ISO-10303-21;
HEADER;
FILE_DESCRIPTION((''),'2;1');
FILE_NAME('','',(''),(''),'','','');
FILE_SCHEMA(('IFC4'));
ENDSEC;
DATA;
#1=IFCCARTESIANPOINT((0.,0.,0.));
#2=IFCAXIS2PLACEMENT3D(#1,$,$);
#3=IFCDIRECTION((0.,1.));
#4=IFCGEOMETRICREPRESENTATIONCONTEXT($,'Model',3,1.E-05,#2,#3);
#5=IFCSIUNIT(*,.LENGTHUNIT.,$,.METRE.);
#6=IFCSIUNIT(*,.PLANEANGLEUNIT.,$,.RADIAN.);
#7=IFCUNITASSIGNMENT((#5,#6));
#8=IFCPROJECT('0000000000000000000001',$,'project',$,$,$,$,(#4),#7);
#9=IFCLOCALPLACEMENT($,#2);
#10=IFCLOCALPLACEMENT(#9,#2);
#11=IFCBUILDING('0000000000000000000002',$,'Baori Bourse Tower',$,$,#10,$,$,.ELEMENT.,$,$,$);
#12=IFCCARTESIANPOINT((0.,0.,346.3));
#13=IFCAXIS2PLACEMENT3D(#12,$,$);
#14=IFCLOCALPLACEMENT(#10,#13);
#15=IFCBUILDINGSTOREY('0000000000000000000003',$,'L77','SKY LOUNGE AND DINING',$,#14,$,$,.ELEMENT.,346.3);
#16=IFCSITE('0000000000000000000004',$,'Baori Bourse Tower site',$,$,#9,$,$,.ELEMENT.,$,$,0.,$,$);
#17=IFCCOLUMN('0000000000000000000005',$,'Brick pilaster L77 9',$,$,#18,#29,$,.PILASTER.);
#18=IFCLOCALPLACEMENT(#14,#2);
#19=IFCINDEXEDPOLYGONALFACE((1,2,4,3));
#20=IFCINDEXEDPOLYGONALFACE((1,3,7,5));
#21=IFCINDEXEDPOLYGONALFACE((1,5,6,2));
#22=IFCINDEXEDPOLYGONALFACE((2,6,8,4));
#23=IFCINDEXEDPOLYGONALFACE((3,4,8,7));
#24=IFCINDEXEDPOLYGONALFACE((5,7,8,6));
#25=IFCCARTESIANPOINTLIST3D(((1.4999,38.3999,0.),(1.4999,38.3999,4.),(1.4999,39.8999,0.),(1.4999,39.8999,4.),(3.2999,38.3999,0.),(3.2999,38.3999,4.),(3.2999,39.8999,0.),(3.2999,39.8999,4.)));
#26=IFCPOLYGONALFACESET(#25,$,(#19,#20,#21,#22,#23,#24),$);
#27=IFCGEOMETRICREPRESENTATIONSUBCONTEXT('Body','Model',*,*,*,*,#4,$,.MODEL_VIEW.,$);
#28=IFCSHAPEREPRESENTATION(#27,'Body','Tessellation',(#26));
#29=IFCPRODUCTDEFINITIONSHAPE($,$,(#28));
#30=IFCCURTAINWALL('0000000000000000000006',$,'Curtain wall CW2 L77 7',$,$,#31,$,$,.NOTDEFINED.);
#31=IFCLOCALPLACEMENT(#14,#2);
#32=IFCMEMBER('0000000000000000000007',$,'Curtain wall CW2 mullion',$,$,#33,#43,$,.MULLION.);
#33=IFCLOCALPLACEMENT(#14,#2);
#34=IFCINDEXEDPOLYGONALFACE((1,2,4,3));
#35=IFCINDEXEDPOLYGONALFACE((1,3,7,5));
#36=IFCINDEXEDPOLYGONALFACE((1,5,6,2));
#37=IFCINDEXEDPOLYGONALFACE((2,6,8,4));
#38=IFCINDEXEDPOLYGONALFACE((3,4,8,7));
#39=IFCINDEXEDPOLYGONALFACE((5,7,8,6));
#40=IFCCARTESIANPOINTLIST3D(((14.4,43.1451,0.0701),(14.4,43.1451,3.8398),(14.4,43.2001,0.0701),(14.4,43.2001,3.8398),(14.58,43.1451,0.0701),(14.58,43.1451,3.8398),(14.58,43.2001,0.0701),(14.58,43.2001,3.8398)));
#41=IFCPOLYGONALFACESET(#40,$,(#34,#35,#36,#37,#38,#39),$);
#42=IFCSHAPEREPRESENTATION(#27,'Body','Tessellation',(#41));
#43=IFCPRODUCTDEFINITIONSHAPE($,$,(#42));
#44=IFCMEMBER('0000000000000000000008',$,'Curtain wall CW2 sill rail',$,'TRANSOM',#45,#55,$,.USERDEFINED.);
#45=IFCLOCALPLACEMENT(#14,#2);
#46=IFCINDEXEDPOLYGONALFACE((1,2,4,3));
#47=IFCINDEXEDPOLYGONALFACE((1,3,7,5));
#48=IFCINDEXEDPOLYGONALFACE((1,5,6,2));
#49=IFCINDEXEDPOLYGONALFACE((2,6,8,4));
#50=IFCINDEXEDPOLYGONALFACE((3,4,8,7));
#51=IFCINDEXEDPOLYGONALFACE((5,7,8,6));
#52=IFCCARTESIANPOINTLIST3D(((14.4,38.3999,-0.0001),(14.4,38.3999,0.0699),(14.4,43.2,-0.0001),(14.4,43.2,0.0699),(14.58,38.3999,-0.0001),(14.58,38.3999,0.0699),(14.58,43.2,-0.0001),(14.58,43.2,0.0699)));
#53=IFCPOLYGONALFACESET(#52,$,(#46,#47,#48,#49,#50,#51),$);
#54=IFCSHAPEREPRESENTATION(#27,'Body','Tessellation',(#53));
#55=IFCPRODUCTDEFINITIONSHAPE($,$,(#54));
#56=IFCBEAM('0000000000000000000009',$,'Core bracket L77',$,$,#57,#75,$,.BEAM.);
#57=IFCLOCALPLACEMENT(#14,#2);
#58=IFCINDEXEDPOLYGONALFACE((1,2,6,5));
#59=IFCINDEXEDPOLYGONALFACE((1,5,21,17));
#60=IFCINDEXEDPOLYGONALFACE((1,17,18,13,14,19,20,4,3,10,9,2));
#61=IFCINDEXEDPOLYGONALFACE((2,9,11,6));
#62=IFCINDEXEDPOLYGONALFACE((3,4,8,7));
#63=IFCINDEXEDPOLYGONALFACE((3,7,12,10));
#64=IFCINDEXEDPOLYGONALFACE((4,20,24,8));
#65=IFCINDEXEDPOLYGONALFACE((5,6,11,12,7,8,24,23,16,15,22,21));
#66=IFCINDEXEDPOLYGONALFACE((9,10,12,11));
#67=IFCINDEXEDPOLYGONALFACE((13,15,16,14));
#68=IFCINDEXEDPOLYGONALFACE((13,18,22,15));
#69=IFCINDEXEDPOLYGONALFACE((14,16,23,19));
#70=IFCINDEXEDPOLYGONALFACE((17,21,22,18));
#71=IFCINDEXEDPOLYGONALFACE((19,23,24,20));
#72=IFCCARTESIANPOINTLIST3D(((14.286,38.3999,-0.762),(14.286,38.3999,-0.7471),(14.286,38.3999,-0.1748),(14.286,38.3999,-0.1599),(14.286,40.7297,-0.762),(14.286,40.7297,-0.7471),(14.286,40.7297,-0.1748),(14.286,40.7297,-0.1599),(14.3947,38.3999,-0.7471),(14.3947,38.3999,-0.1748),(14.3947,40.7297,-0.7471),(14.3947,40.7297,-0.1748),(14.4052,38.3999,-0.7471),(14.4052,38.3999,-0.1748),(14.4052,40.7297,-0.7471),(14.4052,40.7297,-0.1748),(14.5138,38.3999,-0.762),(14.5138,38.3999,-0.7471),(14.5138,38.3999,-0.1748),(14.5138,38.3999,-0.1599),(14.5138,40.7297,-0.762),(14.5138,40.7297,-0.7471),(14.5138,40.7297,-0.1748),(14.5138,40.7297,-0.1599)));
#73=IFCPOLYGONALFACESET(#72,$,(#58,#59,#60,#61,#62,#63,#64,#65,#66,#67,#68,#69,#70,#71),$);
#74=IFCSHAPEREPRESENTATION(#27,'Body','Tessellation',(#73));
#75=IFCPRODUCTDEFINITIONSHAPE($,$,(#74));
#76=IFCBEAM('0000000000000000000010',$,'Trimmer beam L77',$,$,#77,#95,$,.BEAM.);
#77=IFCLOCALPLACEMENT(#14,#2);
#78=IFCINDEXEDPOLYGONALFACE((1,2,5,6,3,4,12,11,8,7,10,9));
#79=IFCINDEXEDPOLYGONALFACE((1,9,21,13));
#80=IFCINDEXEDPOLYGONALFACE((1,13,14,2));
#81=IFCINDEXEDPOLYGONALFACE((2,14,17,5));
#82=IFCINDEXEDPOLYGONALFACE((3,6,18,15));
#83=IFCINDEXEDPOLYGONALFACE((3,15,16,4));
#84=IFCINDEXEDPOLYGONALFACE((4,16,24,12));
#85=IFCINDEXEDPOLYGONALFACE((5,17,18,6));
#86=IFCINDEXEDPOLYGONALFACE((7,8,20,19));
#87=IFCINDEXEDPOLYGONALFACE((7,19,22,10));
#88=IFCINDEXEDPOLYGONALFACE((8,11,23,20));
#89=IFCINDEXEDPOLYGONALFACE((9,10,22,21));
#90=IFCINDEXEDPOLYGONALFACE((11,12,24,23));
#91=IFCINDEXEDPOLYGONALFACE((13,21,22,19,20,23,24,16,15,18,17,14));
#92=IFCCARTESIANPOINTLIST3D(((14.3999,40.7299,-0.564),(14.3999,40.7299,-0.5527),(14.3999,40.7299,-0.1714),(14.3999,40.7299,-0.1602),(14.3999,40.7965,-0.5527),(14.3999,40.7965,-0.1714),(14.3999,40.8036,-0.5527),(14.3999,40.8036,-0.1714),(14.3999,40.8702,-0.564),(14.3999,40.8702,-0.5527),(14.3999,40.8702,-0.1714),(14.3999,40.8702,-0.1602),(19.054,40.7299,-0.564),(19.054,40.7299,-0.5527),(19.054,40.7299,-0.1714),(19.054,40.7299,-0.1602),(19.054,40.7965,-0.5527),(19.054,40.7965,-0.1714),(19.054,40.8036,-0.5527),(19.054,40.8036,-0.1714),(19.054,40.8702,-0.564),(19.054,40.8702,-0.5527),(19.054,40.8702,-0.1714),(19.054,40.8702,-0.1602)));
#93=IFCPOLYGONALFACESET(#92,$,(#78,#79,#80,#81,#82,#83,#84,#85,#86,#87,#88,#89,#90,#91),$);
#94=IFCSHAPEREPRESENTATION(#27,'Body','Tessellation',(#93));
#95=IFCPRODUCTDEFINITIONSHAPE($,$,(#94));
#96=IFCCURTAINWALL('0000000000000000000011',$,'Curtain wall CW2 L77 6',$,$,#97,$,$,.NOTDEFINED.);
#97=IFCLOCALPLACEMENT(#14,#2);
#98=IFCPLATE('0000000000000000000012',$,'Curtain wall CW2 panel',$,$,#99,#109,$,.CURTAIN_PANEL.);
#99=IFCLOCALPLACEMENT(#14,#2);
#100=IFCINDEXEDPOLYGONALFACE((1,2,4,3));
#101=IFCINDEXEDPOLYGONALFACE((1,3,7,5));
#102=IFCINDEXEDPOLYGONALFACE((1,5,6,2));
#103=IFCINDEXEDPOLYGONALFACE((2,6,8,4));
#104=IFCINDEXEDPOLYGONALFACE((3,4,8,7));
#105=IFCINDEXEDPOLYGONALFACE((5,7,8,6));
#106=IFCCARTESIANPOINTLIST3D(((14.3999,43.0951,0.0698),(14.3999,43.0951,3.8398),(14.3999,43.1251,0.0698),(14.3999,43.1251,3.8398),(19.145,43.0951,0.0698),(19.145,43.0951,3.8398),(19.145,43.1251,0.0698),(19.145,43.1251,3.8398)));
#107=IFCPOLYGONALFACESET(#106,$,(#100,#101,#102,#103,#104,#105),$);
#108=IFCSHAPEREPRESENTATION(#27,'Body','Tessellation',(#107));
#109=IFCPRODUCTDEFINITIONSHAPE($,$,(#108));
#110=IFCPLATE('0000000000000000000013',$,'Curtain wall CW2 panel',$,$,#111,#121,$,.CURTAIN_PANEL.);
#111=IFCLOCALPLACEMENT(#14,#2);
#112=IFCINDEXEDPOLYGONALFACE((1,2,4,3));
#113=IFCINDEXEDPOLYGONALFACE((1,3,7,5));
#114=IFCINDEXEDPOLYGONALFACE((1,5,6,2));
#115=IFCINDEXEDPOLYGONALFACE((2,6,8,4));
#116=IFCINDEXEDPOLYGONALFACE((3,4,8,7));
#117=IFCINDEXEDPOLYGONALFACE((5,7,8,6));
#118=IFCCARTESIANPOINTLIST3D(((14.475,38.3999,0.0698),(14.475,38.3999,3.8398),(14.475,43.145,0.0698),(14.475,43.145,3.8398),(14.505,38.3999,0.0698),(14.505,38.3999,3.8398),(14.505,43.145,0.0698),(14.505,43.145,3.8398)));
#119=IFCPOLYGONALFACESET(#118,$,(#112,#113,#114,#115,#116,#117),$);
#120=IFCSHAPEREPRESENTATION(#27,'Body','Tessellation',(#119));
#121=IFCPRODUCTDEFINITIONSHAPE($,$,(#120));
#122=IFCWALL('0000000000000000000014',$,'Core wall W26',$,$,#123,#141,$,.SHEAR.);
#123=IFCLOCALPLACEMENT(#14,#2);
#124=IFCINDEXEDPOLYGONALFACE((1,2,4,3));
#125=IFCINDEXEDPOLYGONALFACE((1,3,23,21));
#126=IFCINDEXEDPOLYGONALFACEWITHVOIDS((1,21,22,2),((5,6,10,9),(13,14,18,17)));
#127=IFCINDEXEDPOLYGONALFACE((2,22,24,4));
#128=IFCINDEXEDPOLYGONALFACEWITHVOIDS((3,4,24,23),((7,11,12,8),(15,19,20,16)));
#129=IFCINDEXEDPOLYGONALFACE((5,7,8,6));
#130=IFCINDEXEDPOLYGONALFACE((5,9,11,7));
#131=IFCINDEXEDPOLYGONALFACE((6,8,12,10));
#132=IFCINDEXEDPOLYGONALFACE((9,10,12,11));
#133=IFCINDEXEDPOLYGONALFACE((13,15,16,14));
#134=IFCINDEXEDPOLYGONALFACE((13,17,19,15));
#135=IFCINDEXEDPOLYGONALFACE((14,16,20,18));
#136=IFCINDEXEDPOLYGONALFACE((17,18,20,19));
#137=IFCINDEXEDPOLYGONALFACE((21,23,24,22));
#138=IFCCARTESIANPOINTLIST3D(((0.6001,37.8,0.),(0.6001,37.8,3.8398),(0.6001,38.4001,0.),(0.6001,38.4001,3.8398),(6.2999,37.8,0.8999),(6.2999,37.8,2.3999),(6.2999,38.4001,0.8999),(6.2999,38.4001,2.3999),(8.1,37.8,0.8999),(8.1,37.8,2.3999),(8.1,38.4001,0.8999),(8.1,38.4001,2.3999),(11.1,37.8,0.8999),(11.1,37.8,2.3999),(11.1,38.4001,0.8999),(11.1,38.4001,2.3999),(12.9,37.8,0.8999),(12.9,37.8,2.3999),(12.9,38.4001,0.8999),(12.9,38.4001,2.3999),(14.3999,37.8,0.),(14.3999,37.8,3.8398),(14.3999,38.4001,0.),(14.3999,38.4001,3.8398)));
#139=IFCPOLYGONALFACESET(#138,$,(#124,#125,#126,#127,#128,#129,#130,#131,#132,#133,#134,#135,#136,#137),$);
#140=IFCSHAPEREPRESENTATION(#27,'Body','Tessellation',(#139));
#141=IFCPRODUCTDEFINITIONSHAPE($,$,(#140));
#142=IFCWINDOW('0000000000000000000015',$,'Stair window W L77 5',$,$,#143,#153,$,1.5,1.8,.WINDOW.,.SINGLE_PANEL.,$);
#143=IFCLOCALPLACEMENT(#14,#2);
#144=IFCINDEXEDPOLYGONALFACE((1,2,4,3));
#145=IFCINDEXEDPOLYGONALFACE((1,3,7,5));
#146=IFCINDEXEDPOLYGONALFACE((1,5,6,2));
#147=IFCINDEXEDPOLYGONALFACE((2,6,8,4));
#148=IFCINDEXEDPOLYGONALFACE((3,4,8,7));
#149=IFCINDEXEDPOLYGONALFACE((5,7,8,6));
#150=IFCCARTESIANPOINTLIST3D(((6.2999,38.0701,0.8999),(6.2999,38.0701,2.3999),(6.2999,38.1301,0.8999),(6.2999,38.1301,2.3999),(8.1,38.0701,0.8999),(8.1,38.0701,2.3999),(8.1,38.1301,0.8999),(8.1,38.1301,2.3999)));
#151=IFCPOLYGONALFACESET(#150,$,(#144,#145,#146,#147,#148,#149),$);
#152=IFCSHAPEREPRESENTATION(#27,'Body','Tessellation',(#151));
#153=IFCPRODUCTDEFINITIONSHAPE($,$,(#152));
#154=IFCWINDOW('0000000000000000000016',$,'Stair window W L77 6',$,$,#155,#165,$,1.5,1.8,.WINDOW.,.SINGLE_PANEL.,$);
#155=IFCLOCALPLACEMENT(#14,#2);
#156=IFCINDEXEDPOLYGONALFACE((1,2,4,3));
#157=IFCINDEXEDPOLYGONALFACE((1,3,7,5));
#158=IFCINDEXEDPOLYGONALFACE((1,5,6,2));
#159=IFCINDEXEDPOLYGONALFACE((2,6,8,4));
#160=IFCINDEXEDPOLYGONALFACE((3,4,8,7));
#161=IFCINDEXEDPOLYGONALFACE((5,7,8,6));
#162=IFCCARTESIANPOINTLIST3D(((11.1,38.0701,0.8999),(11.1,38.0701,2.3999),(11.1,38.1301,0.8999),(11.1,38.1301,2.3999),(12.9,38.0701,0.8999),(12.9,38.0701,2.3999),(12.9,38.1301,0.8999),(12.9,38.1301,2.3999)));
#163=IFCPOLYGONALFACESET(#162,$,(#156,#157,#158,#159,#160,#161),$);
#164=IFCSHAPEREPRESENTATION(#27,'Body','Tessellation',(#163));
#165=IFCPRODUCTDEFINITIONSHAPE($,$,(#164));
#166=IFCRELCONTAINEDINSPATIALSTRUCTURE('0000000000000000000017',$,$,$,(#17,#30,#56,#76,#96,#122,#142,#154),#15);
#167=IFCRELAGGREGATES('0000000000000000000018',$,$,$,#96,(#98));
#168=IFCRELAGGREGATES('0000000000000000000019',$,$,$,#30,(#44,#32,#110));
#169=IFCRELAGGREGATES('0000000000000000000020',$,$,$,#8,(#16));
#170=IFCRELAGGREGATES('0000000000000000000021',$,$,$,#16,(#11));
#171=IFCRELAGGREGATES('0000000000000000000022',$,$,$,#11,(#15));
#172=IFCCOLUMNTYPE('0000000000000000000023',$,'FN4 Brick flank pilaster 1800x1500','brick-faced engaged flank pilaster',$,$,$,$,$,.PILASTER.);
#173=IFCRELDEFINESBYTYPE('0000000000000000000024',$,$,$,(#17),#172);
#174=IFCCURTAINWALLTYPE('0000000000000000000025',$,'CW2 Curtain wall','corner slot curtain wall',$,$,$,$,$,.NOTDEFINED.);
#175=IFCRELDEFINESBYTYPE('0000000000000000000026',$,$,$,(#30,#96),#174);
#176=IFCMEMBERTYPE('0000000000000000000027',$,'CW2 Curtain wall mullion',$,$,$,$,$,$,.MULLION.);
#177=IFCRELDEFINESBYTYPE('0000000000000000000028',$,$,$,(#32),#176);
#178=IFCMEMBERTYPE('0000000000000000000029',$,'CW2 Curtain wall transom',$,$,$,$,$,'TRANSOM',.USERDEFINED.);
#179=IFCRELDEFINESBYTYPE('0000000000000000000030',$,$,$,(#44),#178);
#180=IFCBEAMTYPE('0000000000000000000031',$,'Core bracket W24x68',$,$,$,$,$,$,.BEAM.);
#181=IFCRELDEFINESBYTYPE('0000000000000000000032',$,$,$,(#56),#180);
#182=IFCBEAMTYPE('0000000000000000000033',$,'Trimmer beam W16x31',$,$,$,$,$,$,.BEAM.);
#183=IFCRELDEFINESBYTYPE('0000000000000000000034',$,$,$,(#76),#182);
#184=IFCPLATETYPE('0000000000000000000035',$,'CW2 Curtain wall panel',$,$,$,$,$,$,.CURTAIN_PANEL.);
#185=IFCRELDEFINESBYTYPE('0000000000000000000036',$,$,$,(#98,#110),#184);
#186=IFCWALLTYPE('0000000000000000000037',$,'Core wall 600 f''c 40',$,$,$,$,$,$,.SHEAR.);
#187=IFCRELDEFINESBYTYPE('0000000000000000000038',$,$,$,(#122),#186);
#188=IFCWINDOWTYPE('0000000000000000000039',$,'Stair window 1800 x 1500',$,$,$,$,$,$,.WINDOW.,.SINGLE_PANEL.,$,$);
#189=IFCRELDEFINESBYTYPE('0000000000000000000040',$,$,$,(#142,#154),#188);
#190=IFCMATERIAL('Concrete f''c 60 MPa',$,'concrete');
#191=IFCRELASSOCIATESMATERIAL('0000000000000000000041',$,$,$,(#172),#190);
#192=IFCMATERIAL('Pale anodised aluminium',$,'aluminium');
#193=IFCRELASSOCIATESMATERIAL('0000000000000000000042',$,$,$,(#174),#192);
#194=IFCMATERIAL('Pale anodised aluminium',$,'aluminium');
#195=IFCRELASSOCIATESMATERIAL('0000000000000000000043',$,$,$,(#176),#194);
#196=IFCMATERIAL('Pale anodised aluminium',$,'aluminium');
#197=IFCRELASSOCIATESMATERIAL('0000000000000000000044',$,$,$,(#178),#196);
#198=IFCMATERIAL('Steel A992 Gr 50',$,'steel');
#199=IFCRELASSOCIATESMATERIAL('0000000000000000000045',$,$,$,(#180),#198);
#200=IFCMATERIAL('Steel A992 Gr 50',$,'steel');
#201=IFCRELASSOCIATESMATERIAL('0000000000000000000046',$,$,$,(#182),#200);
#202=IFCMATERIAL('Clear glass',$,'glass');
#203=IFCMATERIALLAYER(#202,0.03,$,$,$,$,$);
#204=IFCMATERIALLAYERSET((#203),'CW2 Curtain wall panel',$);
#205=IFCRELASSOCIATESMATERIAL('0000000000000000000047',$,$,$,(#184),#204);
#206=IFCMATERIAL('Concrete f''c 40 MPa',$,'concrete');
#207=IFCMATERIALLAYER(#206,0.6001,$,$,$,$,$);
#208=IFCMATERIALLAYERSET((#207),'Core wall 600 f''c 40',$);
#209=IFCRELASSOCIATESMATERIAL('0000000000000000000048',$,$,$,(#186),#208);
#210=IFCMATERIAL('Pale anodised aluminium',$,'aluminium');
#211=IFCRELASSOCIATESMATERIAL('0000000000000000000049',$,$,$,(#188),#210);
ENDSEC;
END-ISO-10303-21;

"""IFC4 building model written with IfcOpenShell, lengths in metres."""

from ifc_helpers import new_model, si_unit, direction, frame, frame_2d, origin, origin_2d, place, context, subcontext, project, spatial, rectangle, i_section, extrude, material, layer, layer_set, material_profile, profile_set, type_object, element, fill, aggregate, save


model = new_model("IFC4")

# Units and contexts
model_context = context("Model", 3, precision=1e-05, world=origin(), true_north=direction((0.0, 1.0)))
body_context = subcontext(model_context, "Body", "Model", "MODEL_VIEW")
ifc_project = project(units=[si_unit("LENGTHUNIT", "METRE"), si_unit("PLANEANGLEUNIT", "RADIAN")], contexts=[model_context])

# Site, building, storey
site_placement = place(None, origin())
site = spatial("IfcSite", under=ifc_project, at=site_placement, Name="Baori Bourse Tower site", CompositionType="ELEMENT", RefElevation=0.0)
building_placement = place(site_placement, origin())
building = spatial("IfcBuilding", under=site, at=building_placement, Name="Baori Bourse Tower", CompositionType="ELEMENT")
storey_placement = place(building_placement, frame((0.0, 0.0, 346.3)))
storey = spatial("IfcBuildingStorey", under=building, at=storey_placement, Name="L77", Description="SKY LOUNGE AND DINING", CompositionType="ELEMENT", Elevation=346.3)

# Column
ifc_material_1 = material(Name="Concrete f'c 60 MPa", Category="concrete")
ifc_material_profile_1 = material_profile(ifc_material_1, rectangle(XDim=1.8, YDim=1.5, at=origin_2d()), Name="RC 1800x1500")
ifc_profile_set_1 = profile_set([ifc_material_profile_1], Name="Concrete f'c 60 MPa")
column_type = type_object("IfcColumnType", Name="FN4 Brick flank pilaster 1800x1500", Description="brick-faced engaged flank pilaster", PredefinedType="PILASTER", material=ifc_profile_set_1)
column_placement = place(storey_placement, frame((2.3999, 39.1499, 0.0), z_axis=(0.0, 0.0, 1.0), x_axis=(1.0, 0.0, 0.0)))
element("IfcColumn", 1, at=column_placement, inside=storey, type_object=column_type, Name="Brick pilaster L77 9", PredefinedType="PILASTER", context=body_context, shape_type="SweptSolid", body=[
    extrude(rectangle(XDim=1.8, YDim=1.5, at=origin_2d()), origin(), (0.0, 0.0, 1.0), 4.0),
])

# Curtain wall, members
ifc_material_2 = material(Name="Pale anodised aluminium", Category="aluminium")
curtain_wall_type = type_object("IfcCurtainWallType", Name="CW2 Curtain wall", Description="corner slot curtain wall", PredefinedType="NOTDEFINED", material=ifc_material_2)
curtain_wall_1_placement = place(storey_placement, origin())
curtain_wall_1 = element("IfcCurtainWall", 2, at=curtain_wall_1_placement, inside=storey, type_object=curtain_wall_type, Name="Curtain wall CW2 L77 7", PredefinedType="NOTDEFINED")
ifc_material_3 = material(Name="Pale anodised aluminium", Category="aluminium")
ifc_material_profile_2 = material_profile(ifc_material_3, rectangle(XDim=0.1799, YDim=0.0549, at=origin_2d()), Name="Mullion 55x180")
ifc_profile_set_2 = profile_set([ifc_material_profile_2], Name="Pale anodised aluminium")
member_type_1 = type_object("IfcMemberType", Name="CW2 Curtain wall mullion", PredefinedType="MULLION", material=ifc_profile_set_2)
member_1_placement = place(storey_placement, frame((14.49, 43.1726, 0.0701), z_axis=(0.0, 0.0, 1.0), x_axis=(1.0, 0.0, 0.0)))
member_1 = element("IfcMember", 3, at=member_1_placement, type_object=member_type_1, Name="Curtain wall CW2 mullion", PredefinedType="MULLION", context=body_context, shape_type="SweptSolid", body=[
    extrude(rectangle(XDim=0.1799, YDim=0.0549, at=origin_2d()), origin(), (0.0, 0.0, 1.0), 3.7698),
])
ifc_material_4 = material(Name="Pale anodised aluminium", Category="aluminium")
ifc_material_profile_3 = material_profile(ifc_material_4, rectangle(XDim=0.1799, YDim=0.0701, at=origin_2d()), Name="Transom 70x180")
ifc_profile_set_3 = profile_set([ifc_material_profile_3], Name="Pale anodised aluminium")
member_type_2 = type_object("IfcMemberType", Name="CW2 Curtain wall transom", ElementType="TRANSOM", PredefinedType="USERDEFINED", material=ifc_profile_set_3)
member_2_placement = place(storey_placement, frame((14.49, 43.2, 0.0349), z_axis=(0.0, -1.0, 0.0), x_axis=(1.0, 0.0, 0.0)))
member_2 = element("IfcMember", 4, at=member_2_placement, type_object=member_type_2, Name="Curtain wall CW2 sill rail", ObjectType="TRANSOM", PredefinedType="USERDEFINED", context=body_context, shape_type="SweptSolid", body=[
    extrude(rectangle(XDim=0.1799, YDim=0.0701, at=origin_2d()), origin(), (0.0, 0.0, 1.0), 4.8),
])

# Beams
ifc_material_5 = material(Name="Steel A992 Gr 50", Category="steel")
ifc_material_profile_4 = material_profile(ifc_material_5, i_section(OverallWidth=0.2278, OverallDepth=0.6021, WebThickness=0.0105, FlangeThickness=0.0149, at=origin_2d()), Name="W24x68")
ifc_profile_set_4 = profile_set([ifc_material_profile_4], Name="Steel A992 Gr 50")
beam_type_1 = type_object("IfcBeamType", Name="Core bracket W24x68", PredefinedType="BEAM", material=ifc_profile_set_4)
beam_1_placement = place(storey_placement, frame((14.3999, 38.3999, -0.4609), z_axis=(0.0, 1.0, 0.0), x_axis=(-1.0, 0.0, 0.0)))
element("IfcBeam", 5, at=beam_1_placement, inside=storey, type_object=beam_type_1, Name="Core bracket L77", PredefinedType="BEAM", context=body_context, shape_type="SweptSolid", body=[
    extrude(i_section(OverallWidth=0.2278, OverallDepth=0.6021, WebThickness=0.0105, FlangeThickness=0.0149, at=origin_2d()), origin(), (0.0, 0.0, 1.0), 2.3298),
])
ifc_material_6 = material(Name="Steel A992 Gr 50", Category="steel")
ifc_material_profile_5 = material_profile(ifc_material_6, i_section(OverallWidth=0.1404, OverallDepth=0.4038, WebThickness=0.0071, FlangeThickness=0.0112, at=origin_2d()), Name="W16x31")
ifc_profile_set_5 = profile_set([ifc_material_profile_5], Name="Steel A992 Gr 50")
beam_type_2 = type_object("IfcBeamType", Name="Trimmer beam W16x31", PredefinedType="BEAM", material=ifc_profile_set_5)
beam_2_placement = place(storey_placement, frame((14.3999, 40.8, -0.3621), z_axis=(1.0, 0.0, 0.0), x_axis=(0.0, 1.0, 0.0)))
element("IfcBeam", 6, at=beam_2_placement, inside=storey, type_object=beam_type_2, Name="Trimmer beam L77", PredefinedType="BEAM", context=body_context, shape_type="SweptSolid", body=[
    extrude(i_section(OverallWidth=0.1404, OverallDepth=0.4038, WebThickness=0.0071, FlangeThickness=0.0112, at=origin_2d()), origin(), (0.0, 0.0, 1.0), 4.6541),
])

# Curtain wall, plate
curtain_wall_2_placement = place(storey_placement, origin())
curtain_wall_2 = element("IfcCurtainWall", 7, at=curtain_wall_2_placement, inside=storey, type_object=curtain_wall_type, Name="Curtain wall CW2 L77 6", PredefinedType="NOTDEFINED")
ifc_material_7 = material(Name="Clear glass", Category="glass")
ifc_layer_1 = layer(ifc_material_7, 0.03)
ifc_layer_set_1 = layer_set([ifc_layer_1], Name="CW2 Curtain wall panel")
plate_type = type_object("IfcPlateType", Name="CW2 Curtain wall panel", PredefinedType="CURTAIN_PANEL", material=ifc_layer_set_1)
plate_1_placement = place(storey_placement, frame((16.7725, 43.1101, 0.0698), z_axis=(0.0, 0.0, 1.0), x_axis=(-1.0, 0.0, 0.0)))
plate_1 = element("IfcPlate", 8, at=plate_1_placement, type_object=plate_type, Name="Curtain wall CW2 panel", PredefinedType="CURTAIN_PANEL", context=body_context, shape_type="SweptSolid", body=[
    extrude(rectangle(XDim=4.7451, YDim=0.03, at=origin_2d()), origin(), (0.0, 0.0, 1.0), 3.77),
])
aggregate(curtain_wall_2, [plate_1])

# Plate
plate_2_placement = place(storey_placement, frame((14.49, 40.7725, 0.0698), z_axis=(0.0, 0.0, 1.0), x_axis=(0.0, -1.0, 0.0)))
plate_2 = element("IfcPlate", 9, at=plate_2_placement, type_object=plate_type, Name="Curtain wall CW2 panel", PredefinedType="CURTAIN_PANEL", context=body_context, shape_type="SweptSolid", body=[
    extrude(rectangle(XDim=4.7451, YDim=0.03, at=origin_2d()), origin(), (0.0, 0.0, 1.0), 3.77),
])
aggregate(curtain_wall_1, [member_2, member_1, plate_2])

# Wall, openings, windows
ifc_material_8 = material(Name="Concrete f'c 40 MPa", Category="concrete")
ifc_layer_2 = layer(ifc_material_8, 0.6001)
ifc_layer_set_2 = layer_set([ifc_layer_2], Name="Core wall 600 f'c 40")
wall_type_1 = type_object("IfcWallType", Name="Core wall 600 f'c 40", PredefinedType="SHEAR", material=ifc_layer_set_2)
wall_1_placement = place(storey_placement, frame((0.6001, 38.1001, 0.0), z_axis=(0.0, 0.0, 1.0), x_axis=(1.0, 0.0, 0.0)))
wall_1 = element("IfcWall", 10, at=wall_1_placement, inside=storey, type_object=wall_type_1, Name="Core wall W26", PredefinedType="SHEAR", context=body_context, shape_type="SweptSolid", body=[
    extrude(rectangle(XDim=13.7998, YDim=0.6001, at=frame_2d((6.8999, 0.0))), origin(), (0.0, 0.0, 1.0), 3.8398),
])
opening_1_placement = place(wall_1_placement, frame((5.7, 0.0, 0.8999)))
opening_1 = element("IfcOpeningElement", 11, at=opening_1_placement, cuts=wall_1, PredefinedType="OPENING", context=body_context, shape_type="SweptSolid", body=[
    extrude(rectangle(XDim=1.8, YDim=1.5, at=frame_2d((0.8999, 0.75))), frame((0.0, 0.3101, 0.0), z_axis=(0.0, -1.0, 0.0), x_axis=(1.0, 0.0, 0.0)), (0.0, 0.0, 1.0), 0.6201),
])
opening_2_placement = place(wall_1_placement, frame((10.5, 0.0, 0.8999)))
opening_2 = element("IfcOpeningElement", 12, at=opening_2_placement, cuts=wall_1, PredefinedType="OPENING", context=body_context, shape_type="SweptSolid", body=[
    extrude(rectangle(XDim=1.8, YDim=1.5, at=frame_2d((0.8999, 0.75))), frame((0.0, 0.3101, 0.0), z_axis=(0.0, -1.0, 0.0), x_axis=(1.0, 0.0, 0.0)), (0.0, 0.0, 1.0), 0.6201),
])
ifc_material_9 = material(Name="Pale anodised aluminium", Category="aluminium")
window_type = type_object("IfcWindowType", Name="Stair window 1800 x 1500", PartitioningType="SINGLE_PANEL", PredefinedType="WINDOW", material=ifc_material_9)
window_1_placement = place(opening_1_placement, origin())
window_1 = element("IfcWindow", 13, at=window_1_placement, inside=storey, type_object=window_type, Name="Stair window W L77 5", OverallHeight=1.5, OverallWidth=1.8, PartitioningType="SINGLE_PANEL", PredefinedType="WINDOW", context=body_context, shape_type="SweptSolid", body=[
    extrude(rectangle(XDim=1.8, YDim=1.5, at=frame_2d((0.8999, 0.75))), frame((0.0, 0.03, 0.0), z_axis=(0.0, -1.0, 0.0), x_axis=(1.0, 0.0, 0.0)), (0.0, 0.0, 1.0), 0.0601),
])
fill(opening_1, window_1)
window_2_placement = place(opening_2_placement, origin())
window_2 = element("IfcWindow", 14, at=window_2_placement, inside=storey, type_object=window_type, Name="Stair window W L77 6", OverallHeight=1.5, OverallWidth=1.8, PartitioningType="SINGLE_PANEL", PredefinedType="WINDOW", context=body_context, shape_type="SweptSolid", body=[
    extrude(rectangle(XDim=1.8, YDim=1.5, at=frame_2d((0.8999, 0.75))), frame((0.0, 0.03, 0.0), z_axis=(0.0, -1.0, 0.0), x_axis=(1.0, 0.0, 0.0)), (0.0, 0.0, 1.0), 0.0601),
])
fill(opening_2, window_2)

save(model, "model.ifc")
